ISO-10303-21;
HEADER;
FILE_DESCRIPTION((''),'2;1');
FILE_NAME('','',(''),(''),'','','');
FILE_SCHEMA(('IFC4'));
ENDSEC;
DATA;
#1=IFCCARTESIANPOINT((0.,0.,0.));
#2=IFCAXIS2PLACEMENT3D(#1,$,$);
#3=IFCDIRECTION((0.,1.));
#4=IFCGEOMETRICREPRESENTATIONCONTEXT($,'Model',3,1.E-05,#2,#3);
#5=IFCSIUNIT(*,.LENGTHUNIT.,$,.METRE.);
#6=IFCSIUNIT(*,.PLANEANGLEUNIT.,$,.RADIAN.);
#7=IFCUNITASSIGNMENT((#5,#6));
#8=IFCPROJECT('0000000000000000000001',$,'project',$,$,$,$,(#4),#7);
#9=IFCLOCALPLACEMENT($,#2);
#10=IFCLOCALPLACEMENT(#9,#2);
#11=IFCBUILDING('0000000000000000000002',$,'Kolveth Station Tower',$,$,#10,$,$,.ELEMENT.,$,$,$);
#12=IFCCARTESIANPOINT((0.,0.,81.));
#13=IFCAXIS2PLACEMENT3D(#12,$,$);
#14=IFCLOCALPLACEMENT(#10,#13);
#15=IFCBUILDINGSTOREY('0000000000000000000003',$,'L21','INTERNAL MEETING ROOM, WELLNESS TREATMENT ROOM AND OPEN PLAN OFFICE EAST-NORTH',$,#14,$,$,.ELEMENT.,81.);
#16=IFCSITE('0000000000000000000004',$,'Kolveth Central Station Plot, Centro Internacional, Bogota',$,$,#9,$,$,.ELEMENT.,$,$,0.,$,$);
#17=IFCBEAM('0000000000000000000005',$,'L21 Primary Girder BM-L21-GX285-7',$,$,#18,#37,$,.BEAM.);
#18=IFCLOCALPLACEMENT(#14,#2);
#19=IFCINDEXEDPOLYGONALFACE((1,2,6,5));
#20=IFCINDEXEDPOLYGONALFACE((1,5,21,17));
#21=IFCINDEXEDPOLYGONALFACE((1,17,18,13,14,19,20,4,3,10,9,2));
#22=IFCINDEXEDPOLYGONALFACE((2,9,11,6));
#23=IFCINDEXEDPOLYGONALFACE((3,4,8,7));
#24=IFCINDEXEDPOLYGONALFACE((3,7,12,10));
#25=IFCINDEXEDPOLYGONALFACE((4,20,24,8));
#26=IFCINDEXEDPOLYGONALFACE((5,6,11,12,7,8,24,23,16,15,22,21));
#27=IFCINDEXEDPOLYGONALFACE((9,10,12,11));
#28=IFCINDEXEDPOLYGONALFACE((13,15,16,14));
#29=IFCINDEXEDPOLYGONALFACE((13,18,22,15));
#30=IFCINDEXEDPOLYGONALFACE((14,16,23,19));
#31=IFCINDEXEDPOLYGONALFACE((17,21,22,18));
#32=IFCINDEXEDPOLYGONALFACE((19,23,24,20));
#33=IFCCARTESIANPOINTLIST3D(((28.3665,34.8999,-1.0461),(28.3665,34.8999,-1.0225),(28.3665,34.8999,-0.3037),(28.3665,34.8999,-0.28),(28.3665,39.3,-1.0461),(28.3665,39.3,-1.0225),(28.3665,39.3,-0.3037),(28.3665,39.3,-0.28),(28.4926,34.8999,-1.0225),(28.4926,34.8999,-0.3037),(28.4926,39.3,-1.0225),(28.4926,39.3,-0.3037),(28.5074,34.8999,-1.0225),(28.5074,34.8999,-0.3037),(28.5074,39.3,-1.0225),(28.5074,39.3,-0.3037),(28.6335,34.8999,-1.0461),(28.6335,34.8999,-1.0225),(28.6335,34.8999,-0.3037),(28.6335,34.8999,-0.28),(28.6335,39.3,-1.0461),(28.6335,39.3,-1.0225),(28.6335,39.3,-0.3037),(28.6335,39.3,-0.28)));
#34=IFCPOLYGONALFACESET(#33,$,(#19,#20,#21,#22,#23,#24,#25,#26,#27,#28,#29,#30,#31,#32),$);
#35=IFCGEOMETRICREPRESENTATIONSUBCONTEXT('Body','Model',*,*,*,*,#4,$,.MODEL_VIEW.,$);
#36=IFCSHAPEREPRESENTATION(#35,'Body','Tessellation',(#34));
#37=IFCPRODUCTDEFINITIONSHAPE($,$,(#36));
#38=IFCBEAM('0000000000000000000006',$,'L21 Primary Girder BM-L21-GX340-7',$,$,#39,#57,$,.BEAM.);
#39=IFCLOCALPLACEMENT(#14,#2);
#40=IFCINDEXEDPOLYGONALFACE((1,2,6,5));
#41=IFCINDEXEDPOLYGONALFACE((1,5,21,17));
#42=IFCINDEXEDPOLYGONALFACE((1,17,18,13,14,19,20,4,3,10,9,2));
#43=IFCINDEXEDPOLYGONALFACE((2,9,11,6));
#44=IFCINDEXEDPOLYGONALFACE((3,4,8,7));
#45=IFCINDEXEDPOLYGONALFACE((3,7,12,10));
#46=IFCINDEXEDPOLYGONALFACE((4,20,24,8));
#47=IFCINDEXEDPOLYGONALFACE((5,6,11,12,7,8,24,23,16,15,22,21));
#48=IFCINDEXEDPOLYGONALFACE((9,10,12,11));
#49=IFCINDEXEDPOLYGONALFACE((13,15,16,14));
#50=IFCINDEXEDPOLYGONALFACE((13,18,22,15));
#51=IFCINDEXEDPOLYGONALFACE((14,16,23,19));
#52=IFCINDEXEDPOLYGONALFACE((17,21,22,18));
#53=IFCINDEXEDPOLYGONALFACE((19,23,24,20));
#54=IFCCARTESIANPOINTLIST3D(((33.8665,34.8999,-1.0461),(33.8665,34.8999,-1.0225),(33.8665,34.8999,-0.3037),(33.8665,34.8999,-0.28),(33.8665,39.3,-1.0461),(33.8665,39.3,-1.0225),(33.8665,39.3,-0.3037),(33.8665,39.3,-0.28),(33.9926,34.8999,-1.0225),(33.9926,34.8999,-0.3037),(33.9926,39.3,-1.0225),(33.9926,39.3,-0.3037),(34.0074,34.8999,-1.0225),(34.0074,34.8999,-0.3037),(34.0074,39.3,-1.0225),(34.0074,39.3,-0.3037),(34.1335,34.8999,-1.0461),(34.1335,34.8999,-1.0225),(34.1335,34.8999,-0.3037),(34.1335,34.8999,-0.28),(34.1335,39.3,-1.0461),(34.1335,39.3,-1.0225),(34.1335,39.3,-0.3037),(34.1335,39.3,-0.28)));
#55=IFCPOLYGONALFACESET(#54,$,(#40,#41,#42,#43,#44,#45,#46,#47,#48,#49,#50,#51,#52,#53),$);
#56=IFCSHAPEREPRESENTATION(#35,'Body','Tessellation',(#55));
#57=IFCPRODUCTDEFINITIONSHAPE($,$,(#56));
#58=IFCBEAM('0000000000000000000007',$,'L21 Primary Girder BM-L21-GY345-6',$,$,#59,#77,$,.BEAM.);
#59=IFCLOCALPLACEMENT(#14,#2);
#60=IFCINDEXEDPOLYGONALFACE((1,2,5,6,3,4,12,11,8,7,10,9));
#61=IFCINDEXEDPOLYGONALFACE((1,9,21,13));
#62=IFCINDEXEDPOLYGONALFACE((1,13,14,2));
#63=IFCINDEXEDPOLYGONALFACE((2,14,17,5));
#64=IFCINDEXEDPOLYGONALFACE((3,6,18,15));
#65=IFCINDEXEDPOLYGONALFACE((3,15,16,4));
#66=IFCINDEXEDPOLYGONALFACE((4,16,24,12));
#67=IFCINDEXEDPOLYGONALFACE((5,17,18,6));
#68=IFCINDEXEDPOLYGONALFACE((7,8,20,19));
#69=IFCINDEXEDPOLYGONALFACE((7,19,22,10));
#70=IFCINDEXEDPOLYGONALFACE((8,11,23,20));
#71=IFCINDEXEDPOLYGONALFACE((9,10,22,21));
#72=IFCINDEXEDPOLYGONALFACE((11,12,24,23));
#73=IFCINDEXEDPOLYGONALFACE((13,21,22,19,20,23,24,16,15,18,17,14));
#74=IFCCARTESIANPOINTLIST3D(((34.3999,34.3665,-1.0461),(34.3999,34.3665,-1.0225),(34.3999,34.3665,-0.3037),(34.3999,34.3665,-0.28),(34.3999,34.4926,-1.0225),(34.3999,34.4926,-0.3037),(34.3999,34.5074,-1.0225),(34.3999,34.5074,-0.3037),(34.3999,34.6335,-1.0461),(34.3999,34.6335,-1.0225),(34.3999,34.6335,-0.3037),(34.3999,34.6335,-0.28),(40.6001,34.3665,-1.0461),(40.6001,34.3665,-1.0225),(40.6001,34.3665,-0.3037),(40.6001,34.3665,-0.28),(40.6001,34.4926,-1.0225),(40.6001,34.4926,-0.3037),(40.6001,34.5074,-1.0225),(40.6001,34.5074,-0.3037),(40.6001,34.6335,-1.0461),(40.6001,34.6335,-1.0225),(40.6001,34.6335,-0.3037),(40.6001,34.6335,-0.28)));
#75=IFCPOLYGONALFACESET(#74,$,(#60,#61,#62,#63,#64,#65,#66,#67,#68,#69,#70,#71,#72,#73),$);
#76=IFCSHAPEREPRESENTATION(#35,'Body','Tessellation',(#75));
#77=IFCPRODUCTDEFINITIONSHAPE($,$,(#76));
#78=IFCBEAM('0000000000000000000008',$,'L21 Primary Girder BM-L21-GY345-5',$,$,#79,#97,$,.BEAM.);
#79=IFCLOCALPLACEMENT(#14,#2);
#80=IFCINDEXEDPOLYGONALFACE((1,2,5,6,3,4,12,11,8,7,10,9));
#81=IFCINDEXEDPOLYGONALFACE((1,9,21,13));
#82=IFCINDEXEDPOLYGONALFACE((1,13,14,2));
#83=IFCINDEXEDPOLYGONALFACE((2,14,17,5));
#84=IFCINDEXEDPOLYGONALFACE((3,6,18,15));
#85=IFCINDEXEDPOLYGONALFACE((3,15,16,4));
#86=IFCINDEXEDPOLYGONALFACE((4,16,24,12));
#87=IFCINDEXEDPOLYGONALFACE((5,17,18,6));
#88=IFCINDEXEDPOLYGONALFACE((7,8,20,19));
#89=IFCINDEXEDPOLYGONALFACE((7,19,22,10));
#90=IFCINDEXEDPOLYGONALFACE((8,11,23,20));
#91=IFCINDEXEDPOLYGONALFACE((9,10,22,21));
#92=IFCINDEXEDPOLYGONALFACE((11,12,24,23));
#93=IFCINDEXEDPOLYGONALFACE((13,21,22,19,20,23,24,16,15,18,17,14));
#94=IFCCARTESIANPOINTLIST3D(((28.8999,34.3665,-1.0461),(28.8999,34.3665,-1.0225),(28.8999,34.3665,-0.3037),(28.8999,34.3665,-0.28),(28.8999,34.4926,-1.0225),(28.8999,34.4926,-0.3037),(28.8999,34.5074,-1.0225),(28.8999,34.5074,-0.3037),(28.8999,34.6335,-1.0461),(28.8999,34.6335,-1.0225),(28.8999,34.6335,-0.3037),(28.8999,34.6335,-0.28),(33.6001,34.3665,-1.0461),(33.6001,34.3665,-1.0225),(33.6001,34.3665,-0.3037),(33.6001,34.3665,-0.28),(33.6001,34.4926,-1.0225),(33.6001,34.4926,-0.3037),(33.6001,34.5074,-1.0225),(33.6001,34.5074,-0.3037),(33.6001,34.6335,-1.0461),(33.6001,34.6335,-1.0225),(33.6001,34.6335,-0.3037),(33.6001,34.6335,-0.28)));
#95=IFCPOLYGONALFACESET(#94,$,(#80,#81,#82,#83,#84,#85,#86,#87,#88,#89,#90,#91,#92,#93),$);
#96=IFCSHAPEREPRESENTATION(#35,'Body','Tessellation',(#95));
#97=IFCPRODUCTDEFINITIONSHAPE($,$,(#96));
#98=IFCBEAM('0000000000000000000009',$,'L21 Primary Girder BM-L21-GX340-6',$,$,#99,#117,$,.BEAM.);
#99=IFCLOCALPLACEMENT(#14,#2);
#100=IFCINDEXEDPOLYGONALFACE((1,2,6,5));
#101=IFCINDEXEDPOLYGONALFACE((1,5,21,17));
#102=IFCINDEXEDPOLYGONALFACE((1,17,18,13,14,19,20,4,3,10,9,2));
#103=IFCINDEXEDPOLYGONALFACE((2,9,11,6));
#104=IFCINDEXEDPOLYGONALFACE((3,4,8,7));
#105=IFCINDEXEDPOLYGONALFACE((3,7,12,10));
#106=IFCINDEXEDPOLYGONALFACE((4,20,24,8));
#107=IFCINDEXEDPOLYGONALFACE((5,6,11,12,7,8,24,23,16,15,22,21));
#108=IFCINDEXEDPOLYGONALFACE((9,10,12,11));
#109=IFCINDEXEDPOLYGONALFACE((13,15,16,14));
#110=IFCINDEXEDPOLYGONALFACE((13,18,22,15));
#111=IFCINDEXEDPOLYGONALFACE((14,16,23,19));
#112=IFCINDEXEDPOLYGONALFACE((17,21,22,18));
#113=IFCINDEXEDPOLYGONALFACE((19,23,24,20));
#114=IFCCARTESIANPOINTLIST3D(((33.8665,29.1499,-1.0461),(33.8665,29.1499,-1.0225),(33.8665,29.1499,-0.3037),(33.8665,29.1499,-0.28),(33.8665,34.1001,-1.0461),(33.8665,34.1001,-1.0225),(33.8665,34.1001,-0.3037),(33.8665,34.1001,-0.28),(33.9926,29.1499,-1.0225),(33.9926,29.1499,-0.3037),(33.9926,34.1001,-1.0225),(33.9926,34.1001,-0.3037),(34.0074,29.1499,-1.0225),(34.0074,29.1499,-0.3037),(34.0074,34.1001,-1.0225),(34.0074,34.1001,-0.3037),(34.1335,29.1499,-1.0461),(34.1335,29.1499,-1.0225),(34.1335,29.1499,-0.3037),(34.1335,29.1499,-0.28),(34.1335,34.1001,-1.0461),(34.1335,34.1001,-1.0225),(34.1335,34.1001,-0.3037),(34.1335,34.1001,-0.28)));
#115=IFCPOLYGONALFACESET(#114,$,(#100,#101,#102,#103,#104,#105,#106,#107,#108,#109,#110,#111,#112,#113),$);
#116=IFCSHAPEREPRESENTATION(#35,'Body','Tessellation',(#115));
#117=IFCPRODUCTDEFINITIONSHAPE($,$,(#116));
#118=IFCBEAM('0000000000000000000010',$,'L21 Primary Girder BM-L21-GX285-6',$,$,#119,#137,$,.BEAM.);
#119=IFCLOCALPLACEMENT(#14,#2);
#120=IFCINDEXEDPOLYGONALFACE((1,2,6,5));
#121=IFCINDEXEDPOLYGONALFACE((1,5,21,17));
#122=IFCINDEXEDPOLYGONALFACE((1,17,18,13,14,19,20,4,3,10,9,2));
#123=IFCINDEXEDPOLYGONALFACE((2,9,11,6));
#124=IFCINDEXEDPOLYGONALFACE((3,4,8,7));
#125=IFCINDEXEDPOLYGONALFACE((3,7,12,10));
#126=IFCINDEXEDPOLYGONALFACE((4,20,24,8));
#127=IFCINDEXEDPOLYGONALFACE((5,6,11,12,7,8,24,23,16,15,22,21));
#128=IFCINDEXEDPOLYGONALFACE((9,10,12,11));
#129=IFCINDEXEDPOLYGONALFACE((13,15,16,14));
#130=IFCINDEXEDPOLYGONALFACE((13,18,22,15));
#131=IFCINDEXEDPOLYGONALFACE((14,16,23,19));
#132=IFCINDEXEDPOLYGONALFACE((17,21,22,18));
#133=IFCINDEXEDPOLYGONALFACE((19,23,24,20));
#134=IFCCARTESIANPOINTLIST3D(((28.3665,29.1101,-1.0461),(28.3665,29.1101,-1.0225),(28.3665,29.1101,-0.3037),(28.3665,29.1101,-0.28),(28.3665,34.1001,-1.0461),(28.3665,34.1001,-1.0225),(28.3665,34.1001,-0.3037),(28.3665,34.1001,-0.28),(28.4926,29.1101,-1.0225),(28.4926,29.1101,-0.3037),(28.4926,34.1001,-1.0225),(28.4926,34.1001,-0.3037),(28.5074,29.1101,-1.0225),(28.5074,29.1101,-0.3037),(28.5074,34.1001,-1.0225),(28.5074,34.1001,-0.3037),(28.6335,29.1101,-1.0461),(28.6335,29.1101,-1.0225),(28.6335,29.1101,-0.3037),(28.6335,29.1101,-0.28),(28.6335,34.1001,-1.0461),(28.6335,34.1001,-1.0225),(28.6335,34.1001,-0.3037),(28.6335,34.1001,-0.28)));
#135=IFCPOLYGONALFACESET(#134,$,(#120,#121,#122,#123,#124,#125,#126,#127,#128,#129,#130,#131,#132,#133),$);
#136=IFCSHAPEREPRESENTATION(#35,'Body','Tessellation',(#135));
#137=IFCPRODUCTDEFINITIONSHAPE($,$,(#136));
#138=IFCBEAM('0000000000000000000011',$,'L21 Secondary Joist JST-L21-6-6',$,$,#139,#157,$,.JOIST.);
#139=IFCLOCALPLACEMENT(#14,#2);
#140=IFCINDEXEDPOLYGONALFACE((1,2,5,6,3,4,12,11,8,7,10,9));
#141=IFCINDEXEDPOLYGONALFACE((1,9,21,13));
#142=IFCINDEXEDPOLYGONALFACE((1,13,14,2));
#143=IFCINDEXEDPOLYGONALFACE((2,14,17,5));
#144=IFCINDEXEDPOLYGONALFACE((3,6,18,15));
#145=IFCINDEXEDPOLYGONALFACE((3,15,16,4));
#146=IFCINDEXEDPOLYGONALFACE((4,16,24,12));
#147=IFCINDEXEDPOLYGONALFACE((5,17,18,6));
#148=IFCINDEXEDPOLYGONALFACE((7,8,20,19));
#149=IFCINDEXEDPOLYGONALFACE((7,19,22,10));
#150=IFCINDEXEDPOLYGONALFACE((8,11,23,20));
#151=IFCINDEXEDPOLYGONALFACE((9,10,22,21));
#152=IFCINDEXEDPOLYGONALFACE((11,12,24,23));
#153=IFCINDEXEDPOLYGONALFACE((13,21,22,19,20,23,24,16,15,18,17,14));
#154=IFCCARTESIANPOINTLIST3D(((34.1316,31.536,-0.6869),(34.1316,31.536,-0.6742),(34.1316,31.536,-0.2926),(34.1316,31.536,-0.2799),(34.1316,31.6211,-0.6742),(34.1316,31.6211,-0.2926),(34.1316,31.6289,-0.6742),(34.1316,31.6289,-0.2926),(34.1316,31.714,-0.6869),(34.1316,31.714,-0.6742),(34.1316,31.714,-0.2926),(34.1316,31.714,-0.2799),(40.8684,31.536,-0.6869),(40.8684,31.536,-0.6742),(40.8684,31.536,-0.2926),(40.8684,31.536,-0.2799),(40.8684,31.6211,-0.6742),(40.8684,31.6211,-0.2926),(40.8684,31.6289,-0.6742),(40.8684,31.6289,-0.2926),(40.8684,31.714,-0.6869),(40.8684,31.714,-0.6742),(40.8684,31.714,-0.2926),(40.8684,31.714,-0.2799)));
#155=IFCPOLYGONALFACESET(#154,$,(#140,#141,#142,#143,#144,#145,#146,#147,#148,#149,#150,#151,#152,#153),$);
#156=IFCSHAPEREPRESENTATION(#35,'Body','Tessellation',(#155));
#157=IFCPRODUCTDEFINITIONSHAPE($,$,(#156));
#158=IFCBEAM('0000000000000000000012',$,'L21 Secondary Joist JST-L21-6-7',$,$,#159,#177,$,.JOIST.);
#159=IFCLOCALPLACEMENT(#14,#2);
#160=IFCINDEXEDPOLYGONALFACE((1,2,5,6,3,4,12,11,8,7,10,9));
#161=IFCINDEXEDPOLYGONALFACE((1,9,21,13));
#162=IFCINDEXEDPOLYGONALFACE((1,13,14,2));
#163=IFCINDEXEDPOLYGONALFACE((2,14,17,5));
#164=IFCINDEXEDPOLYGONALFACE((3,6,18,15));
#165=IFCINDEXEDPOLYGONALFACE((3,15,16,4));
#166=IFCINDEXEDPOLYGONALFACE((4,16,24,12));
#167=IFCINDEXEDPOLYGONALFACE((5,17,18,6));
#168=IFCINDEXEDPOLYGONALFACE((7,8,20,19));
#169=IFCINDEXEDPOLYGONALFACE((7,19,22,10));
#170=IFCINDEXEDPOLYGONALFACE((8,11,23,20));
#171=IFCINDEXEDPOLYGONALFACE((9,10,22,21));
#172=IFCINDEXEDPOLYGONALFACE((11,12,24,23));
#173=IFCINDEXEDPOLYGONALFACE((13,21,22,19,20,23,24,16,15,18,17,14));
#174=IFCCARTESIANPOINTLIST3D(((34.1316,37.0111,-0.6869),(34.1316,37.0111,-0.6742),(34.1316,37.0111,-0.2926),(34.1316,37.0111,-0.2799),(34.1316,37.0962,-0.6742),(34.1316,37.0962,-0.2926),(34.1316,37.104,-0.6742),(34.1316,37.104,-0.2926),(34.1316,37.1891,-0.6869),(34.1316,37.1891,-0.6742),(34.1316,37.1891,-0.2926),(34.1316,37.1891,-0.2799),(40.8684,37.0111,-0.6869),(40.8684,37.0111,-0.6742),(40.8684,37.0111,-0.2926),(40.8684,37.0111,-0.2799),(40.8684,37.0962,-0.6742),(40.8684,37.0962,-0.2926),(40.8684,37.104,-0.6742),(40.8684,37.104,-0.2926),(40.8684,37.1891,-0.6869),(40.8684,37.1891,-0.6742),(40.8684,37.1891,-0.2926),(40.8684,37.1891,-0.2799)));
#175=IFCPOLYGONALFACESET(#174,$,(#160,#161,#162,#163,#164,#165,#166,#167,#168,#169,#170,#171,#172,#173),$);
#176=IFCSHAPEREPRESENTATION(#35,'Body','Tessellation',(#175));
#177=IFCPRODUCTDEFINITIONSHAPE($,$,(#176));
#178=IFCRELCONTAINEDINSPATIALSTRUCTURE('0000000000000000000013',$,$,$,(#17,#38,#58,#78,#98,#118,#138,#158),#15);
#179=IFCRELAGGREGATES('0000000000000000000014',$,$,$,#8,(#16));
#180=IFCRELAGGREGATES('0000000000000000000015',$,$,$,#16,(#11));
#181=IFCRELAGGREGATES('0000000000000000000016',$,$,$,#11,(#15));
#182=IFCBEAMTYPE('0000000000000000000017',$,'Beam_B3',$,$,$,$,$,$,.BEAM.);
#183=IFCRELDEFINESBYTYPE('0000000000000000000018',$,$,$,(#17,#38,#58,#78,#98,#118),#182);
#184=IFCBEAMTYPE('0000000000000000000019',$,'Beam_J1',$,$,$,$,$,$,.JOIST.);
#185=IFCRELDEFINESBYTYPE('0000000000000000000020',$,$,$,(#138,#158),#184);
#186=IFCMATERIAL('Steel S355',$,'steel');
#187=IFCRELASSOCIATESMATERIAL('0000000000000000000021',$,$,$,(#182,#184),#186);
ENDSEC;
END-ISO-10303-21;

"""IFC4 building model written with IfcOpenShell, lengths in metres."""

from ifc_helpers import new_model, si_unit, direction, frame, origin, origin_2d, place, context, subcontext, project, spatial, i_section, extrude, source, transform, mapped, material, material_profile, profile_set, type_object, element, save


model = new_model("IFC4")

# Units and contexts
model_context = context("Model", 3, precision=1e-05, world=origin(), true_north=direction((0.0, 1.0)))
body_context = subcontext(model_context, "Body", "Model", "MODEL_VIEW")
ifc_project = project(units=[si_unit("LENGTHUNIT", "METRE"), si_unit("PLANEANGLEUNIT", "RADIAN")], contexts=[model_context])

# Site, building, storey
site_placement = place(None, origin())
site = spatial("IfcSite", under=ifc_project, at=site_placement, Name="Kolveth Central Station Plot, Centro Internacional, Bogota", CompositionType="ELEMENT", RefElevation=0.0)
building_placement = place(site_placement, origin())
building = spatial("IfcBuilding", under=site, at=building_placement, Name="Kolveth Station Tower", CompositionType="ELEMENT")
storey_placement = place(building_placement, frame((0.0, 0.0, 81.0)))
storey = spatial("IfcBuildingStorey", under=building, at=storey_placement, Name="L21", Description="INTERNAL MEETING ROOM, WELLNESS TREATMENT ROOM AND OPEN PLAN OFFICE EAST-NORTH", CompositionType="ELEMENT", Elevation=81.0)

# Shared definitions
ifc_material_1 = material(Name="Steel S355", Category="steel")

# Beams
ifc_material_profile_1 = material_profile(ifc_material_1, i_section(OverallWidth=0.2671, OverallDepth=0.7661, WebThickness=0.0149, FlangeThickness=0.0237, at=origin_2d()), Name="W760x185")
ifc_profile_set_1 = profile_set([ifc_material_profile_1], Name="Steel S355")
beam_type_1 = type_object("IfcBeamType", Name="Beam_B3", PredefinedType="BEAM", material=ifc_profile_set_1)
shared_shape_1 = source(origin(), body_context, "Body", "SweptSolid", [
    extrude(i_section(OverallWidth=0.2671, OverallDepth=0.7661, WebThickness=0.0149, FlangeThickness=0.0237, at=origin_2d()), origin(), (0.0, 0.0, 1.0), 4.4001),
])
for number, where, z_axis, x_axis, name in (
    (1, (28.5, 34.8999, -0.6631), (0.0, 1.0, 0.0), (-1.0, 0.0, 0.0), "L21 Primary Girder BM-L21-GX285-7"),
    (2, (34.0, 34.8999, -0.6631), (0.0, 1.0, 0.0), (-1.0, 0.0, 0.0), "L21 Primary Girder BM-L21-GX340-7"),
):
    element("IfcBeam", number, at=place(storey_placement, frame(where, z_axis=z_axis, x_axis=x_axis)), inside=storey, type_object=beam_type_1, Name=name, PredefinedType="BEAM", context=body_context, shape_type="MappedRepresentation", body=[
        mapped(shared_shape_1, transform((0.0, 0.0, 0.0), x_axis=(1.0, 0.0, 0.0), y_axis=(0.0, 1.0, 0.0), z_axis=(0.0, 0.0, 1.0), scale=1.0)),
    ])
shared_shape_2 = source(origin(), body_context, "Body", "SweptSolid", [
    extrude(i_section(OverallWidth=0.2671, OverallDepth=0.7661, WebThickness=0.0149, FlangeThickness=0.0237, at=origin_2d()), origin(), (0.0, 0.0, 1.0), 6.2002),
])
beam_1_placement = place(storey_placement, frame((34.3999, 34.5, -0.6631), z_axis=(1.0, 0.0, 0.0), x_axis=(0.0, 1.0, 0.0)))
element("IfcBeam", 3, at=beam_1_placement, inside=storey, type_object=beam_type_1, Name="L21 Primary Girder BM-L21-GY345-6", PredefinedType="BEAM", context=body_context, shape_type="MappedRepresentation", body=[
    mapped(shared_shape_2, transform((0.0, 0.0, 0.0), x_axis=(1.0, 0.0, 0.0), y_axis=(0.0, 1.0, 0.0), z_axis=(0.0, 0.0, 1.0), scale=1.0)),
])
shared_shape_3 = source(origin(), body_context, "Body", "SweptSolid", [
    extrude(i_section(OverallWidth=0.2671, OverallDepth=0.7661, WebThickness=0.0149, FlangeThickness=0.0237, at=origin_2d()), origin(), (0.0, 0.0, 1.0), 4.7002),
])
beam_2_placement = place(storey_placement, frame((28.8999, 34.5, -0.6631), z_axis=(1.0, 0.0, 0.0), x_axis=(0.0, 1.0, 0.0)))
element("IfcBeam", 4, at=beam_2_placement, inside=storey, type_object=beam_type_1, Name="L21 Primary Girder BM-L21-GY345-5", PredefinedType="BEAM", context=body_context, shape_type="MappedRepresentation", body=[
    mapped(shared_shape_3, transform((0.0, 0.0, 0.0), x_axis=(1.0, 0.0, 0.0), y_axis=(0.0, 1.0, 0.0), z_axis=(0.0, 0.0, 1.0), scale=1.0)),
])
shared_shape_4 = source(origin(), body_context, "Body", "SweptSolid", [
    extrude(i_section(OverallWidth=0.2671, OverallDepth=0.7661, WebThickness=0.0149, FlangeThickness=0.0237, at=origin_2d()), origin(), (0.0, 0.0, 1.0), 4.9502),
])
beam_3_placement = place(storey_placement, frame((34.0, 29.1499, -0.6631), z_axis=(0.0, 1.0, 0.0), x_axis=(-1.0, 0.0, 0.0)))
element("IfcBeam", 5, at=beam_3_placement, inside=storey, type_object=beam_type_1, Name="L21 Primary Girder BM-L21-GX340-6", PredefinedType="BEAM", context=body_context, shape_type="MappedRepresentation", body=[
    mapped(shared_shape_4, transform((0.0, 0.0, 0.0), x_axis=(1.0, 0.0, 0.0), y_axis=(0.0, 1.0, 0.0), z_axis=(0.0, 0.0, 1.0), scale=1.0)),
])
shared_shape_5 = source(origin(), body_context, "Body", "SweptSolid", [
    extrude(i_section(OverallWidth=0.2671, OverallDepth=0.7661, WebThickness=0.0149, FlangeThickness=0.0237, at=origin_2d()), origin(), (0.0, 0.0, 1.0), 4.99),
])
beam_4_placement = place(storey_placement, frame((28.5, 29.1101, -0.6631), z_axis=(0.0, 1.0, 0.0), x_axis=(-1.0, 0.0, 0.0)))
element("IfcBeam", 6, at=beam_4_placement, inside=storey, type_object=beam_type_1, Name="L21 Primary Girder BM-L21-GX285-6", PredefinedType="BEAM", context=body_context, shape_type="MappedRepresentation", body=[
    mapped(shared_shape_5, transform((0.0, 0.0, 0.0), x_axis=(1.0, 0.0, 0.0), y_axis=(0.0, 1.0, 0.0), z_axis=(0.0, 0.0, 1.0), scale=1.0)),
])
ifc_material_profile_2 = material_profile(ifc_material_1, i_section(OverallWidth=0.178, OverallDepth=0.407, WebThickness=0.0078, FlangeThickness=0.0127, at=origin_2d()), Name="W410x60")
ifc_profile_set_2 = profile_set([ifc_material_profile_2], Name="Steel S355")
beam_type_2 = type_object("IfcBeamType", Name="Beam_J1", PredefinedType="JOIST", material=ifc_profile_set_2)
shared_shape_6 = source(origin(), body_context, "Body", "SweptSolid", [
    extrude(i_section(OverallWidth=0.178, OverallDepth=0.407, WebThickness=0.0078, FlangeThickness=0.0127, at=origin_2d()), origin(), (0.0, 0.0, 1.0), 6.7368),
])
for number, where, z_axis, x_axis, name in (
    (7, (34.1316, 31.625, -0.4834), (1.0, 0.0, 0.0), (0.0, 1.0, 0.0), "L21 Secondary Joist JST-L21-6-6"),
    (8, (34.1316, 37.1001, -0.4834), (1.0, 0.0, 0.0), (0.0, 1.0, 0.0), "L21 Secondary Joist JST-L21-6-7"),
):
    element("IfcBeam", number, at=place(storey_placement, frame(where, z_axis=z_axis, x_axis=x_axis)), inside=storey, type_object=beam_type_2, Name=name, PredefinedType="JOIST", context=body_context, shape_type="MappedRepresentation", body=[
        mapped(shared_shape_6, transform((0.0, 0.0, 0.0), x_axis=(1.0, 0.0, 0.0), y_axis=(0.0, 1.0, 0.0), z_axis=(0.0, 0.0, 1.0), scale=1.0)),
    ])

save(model, "model.ifc")
